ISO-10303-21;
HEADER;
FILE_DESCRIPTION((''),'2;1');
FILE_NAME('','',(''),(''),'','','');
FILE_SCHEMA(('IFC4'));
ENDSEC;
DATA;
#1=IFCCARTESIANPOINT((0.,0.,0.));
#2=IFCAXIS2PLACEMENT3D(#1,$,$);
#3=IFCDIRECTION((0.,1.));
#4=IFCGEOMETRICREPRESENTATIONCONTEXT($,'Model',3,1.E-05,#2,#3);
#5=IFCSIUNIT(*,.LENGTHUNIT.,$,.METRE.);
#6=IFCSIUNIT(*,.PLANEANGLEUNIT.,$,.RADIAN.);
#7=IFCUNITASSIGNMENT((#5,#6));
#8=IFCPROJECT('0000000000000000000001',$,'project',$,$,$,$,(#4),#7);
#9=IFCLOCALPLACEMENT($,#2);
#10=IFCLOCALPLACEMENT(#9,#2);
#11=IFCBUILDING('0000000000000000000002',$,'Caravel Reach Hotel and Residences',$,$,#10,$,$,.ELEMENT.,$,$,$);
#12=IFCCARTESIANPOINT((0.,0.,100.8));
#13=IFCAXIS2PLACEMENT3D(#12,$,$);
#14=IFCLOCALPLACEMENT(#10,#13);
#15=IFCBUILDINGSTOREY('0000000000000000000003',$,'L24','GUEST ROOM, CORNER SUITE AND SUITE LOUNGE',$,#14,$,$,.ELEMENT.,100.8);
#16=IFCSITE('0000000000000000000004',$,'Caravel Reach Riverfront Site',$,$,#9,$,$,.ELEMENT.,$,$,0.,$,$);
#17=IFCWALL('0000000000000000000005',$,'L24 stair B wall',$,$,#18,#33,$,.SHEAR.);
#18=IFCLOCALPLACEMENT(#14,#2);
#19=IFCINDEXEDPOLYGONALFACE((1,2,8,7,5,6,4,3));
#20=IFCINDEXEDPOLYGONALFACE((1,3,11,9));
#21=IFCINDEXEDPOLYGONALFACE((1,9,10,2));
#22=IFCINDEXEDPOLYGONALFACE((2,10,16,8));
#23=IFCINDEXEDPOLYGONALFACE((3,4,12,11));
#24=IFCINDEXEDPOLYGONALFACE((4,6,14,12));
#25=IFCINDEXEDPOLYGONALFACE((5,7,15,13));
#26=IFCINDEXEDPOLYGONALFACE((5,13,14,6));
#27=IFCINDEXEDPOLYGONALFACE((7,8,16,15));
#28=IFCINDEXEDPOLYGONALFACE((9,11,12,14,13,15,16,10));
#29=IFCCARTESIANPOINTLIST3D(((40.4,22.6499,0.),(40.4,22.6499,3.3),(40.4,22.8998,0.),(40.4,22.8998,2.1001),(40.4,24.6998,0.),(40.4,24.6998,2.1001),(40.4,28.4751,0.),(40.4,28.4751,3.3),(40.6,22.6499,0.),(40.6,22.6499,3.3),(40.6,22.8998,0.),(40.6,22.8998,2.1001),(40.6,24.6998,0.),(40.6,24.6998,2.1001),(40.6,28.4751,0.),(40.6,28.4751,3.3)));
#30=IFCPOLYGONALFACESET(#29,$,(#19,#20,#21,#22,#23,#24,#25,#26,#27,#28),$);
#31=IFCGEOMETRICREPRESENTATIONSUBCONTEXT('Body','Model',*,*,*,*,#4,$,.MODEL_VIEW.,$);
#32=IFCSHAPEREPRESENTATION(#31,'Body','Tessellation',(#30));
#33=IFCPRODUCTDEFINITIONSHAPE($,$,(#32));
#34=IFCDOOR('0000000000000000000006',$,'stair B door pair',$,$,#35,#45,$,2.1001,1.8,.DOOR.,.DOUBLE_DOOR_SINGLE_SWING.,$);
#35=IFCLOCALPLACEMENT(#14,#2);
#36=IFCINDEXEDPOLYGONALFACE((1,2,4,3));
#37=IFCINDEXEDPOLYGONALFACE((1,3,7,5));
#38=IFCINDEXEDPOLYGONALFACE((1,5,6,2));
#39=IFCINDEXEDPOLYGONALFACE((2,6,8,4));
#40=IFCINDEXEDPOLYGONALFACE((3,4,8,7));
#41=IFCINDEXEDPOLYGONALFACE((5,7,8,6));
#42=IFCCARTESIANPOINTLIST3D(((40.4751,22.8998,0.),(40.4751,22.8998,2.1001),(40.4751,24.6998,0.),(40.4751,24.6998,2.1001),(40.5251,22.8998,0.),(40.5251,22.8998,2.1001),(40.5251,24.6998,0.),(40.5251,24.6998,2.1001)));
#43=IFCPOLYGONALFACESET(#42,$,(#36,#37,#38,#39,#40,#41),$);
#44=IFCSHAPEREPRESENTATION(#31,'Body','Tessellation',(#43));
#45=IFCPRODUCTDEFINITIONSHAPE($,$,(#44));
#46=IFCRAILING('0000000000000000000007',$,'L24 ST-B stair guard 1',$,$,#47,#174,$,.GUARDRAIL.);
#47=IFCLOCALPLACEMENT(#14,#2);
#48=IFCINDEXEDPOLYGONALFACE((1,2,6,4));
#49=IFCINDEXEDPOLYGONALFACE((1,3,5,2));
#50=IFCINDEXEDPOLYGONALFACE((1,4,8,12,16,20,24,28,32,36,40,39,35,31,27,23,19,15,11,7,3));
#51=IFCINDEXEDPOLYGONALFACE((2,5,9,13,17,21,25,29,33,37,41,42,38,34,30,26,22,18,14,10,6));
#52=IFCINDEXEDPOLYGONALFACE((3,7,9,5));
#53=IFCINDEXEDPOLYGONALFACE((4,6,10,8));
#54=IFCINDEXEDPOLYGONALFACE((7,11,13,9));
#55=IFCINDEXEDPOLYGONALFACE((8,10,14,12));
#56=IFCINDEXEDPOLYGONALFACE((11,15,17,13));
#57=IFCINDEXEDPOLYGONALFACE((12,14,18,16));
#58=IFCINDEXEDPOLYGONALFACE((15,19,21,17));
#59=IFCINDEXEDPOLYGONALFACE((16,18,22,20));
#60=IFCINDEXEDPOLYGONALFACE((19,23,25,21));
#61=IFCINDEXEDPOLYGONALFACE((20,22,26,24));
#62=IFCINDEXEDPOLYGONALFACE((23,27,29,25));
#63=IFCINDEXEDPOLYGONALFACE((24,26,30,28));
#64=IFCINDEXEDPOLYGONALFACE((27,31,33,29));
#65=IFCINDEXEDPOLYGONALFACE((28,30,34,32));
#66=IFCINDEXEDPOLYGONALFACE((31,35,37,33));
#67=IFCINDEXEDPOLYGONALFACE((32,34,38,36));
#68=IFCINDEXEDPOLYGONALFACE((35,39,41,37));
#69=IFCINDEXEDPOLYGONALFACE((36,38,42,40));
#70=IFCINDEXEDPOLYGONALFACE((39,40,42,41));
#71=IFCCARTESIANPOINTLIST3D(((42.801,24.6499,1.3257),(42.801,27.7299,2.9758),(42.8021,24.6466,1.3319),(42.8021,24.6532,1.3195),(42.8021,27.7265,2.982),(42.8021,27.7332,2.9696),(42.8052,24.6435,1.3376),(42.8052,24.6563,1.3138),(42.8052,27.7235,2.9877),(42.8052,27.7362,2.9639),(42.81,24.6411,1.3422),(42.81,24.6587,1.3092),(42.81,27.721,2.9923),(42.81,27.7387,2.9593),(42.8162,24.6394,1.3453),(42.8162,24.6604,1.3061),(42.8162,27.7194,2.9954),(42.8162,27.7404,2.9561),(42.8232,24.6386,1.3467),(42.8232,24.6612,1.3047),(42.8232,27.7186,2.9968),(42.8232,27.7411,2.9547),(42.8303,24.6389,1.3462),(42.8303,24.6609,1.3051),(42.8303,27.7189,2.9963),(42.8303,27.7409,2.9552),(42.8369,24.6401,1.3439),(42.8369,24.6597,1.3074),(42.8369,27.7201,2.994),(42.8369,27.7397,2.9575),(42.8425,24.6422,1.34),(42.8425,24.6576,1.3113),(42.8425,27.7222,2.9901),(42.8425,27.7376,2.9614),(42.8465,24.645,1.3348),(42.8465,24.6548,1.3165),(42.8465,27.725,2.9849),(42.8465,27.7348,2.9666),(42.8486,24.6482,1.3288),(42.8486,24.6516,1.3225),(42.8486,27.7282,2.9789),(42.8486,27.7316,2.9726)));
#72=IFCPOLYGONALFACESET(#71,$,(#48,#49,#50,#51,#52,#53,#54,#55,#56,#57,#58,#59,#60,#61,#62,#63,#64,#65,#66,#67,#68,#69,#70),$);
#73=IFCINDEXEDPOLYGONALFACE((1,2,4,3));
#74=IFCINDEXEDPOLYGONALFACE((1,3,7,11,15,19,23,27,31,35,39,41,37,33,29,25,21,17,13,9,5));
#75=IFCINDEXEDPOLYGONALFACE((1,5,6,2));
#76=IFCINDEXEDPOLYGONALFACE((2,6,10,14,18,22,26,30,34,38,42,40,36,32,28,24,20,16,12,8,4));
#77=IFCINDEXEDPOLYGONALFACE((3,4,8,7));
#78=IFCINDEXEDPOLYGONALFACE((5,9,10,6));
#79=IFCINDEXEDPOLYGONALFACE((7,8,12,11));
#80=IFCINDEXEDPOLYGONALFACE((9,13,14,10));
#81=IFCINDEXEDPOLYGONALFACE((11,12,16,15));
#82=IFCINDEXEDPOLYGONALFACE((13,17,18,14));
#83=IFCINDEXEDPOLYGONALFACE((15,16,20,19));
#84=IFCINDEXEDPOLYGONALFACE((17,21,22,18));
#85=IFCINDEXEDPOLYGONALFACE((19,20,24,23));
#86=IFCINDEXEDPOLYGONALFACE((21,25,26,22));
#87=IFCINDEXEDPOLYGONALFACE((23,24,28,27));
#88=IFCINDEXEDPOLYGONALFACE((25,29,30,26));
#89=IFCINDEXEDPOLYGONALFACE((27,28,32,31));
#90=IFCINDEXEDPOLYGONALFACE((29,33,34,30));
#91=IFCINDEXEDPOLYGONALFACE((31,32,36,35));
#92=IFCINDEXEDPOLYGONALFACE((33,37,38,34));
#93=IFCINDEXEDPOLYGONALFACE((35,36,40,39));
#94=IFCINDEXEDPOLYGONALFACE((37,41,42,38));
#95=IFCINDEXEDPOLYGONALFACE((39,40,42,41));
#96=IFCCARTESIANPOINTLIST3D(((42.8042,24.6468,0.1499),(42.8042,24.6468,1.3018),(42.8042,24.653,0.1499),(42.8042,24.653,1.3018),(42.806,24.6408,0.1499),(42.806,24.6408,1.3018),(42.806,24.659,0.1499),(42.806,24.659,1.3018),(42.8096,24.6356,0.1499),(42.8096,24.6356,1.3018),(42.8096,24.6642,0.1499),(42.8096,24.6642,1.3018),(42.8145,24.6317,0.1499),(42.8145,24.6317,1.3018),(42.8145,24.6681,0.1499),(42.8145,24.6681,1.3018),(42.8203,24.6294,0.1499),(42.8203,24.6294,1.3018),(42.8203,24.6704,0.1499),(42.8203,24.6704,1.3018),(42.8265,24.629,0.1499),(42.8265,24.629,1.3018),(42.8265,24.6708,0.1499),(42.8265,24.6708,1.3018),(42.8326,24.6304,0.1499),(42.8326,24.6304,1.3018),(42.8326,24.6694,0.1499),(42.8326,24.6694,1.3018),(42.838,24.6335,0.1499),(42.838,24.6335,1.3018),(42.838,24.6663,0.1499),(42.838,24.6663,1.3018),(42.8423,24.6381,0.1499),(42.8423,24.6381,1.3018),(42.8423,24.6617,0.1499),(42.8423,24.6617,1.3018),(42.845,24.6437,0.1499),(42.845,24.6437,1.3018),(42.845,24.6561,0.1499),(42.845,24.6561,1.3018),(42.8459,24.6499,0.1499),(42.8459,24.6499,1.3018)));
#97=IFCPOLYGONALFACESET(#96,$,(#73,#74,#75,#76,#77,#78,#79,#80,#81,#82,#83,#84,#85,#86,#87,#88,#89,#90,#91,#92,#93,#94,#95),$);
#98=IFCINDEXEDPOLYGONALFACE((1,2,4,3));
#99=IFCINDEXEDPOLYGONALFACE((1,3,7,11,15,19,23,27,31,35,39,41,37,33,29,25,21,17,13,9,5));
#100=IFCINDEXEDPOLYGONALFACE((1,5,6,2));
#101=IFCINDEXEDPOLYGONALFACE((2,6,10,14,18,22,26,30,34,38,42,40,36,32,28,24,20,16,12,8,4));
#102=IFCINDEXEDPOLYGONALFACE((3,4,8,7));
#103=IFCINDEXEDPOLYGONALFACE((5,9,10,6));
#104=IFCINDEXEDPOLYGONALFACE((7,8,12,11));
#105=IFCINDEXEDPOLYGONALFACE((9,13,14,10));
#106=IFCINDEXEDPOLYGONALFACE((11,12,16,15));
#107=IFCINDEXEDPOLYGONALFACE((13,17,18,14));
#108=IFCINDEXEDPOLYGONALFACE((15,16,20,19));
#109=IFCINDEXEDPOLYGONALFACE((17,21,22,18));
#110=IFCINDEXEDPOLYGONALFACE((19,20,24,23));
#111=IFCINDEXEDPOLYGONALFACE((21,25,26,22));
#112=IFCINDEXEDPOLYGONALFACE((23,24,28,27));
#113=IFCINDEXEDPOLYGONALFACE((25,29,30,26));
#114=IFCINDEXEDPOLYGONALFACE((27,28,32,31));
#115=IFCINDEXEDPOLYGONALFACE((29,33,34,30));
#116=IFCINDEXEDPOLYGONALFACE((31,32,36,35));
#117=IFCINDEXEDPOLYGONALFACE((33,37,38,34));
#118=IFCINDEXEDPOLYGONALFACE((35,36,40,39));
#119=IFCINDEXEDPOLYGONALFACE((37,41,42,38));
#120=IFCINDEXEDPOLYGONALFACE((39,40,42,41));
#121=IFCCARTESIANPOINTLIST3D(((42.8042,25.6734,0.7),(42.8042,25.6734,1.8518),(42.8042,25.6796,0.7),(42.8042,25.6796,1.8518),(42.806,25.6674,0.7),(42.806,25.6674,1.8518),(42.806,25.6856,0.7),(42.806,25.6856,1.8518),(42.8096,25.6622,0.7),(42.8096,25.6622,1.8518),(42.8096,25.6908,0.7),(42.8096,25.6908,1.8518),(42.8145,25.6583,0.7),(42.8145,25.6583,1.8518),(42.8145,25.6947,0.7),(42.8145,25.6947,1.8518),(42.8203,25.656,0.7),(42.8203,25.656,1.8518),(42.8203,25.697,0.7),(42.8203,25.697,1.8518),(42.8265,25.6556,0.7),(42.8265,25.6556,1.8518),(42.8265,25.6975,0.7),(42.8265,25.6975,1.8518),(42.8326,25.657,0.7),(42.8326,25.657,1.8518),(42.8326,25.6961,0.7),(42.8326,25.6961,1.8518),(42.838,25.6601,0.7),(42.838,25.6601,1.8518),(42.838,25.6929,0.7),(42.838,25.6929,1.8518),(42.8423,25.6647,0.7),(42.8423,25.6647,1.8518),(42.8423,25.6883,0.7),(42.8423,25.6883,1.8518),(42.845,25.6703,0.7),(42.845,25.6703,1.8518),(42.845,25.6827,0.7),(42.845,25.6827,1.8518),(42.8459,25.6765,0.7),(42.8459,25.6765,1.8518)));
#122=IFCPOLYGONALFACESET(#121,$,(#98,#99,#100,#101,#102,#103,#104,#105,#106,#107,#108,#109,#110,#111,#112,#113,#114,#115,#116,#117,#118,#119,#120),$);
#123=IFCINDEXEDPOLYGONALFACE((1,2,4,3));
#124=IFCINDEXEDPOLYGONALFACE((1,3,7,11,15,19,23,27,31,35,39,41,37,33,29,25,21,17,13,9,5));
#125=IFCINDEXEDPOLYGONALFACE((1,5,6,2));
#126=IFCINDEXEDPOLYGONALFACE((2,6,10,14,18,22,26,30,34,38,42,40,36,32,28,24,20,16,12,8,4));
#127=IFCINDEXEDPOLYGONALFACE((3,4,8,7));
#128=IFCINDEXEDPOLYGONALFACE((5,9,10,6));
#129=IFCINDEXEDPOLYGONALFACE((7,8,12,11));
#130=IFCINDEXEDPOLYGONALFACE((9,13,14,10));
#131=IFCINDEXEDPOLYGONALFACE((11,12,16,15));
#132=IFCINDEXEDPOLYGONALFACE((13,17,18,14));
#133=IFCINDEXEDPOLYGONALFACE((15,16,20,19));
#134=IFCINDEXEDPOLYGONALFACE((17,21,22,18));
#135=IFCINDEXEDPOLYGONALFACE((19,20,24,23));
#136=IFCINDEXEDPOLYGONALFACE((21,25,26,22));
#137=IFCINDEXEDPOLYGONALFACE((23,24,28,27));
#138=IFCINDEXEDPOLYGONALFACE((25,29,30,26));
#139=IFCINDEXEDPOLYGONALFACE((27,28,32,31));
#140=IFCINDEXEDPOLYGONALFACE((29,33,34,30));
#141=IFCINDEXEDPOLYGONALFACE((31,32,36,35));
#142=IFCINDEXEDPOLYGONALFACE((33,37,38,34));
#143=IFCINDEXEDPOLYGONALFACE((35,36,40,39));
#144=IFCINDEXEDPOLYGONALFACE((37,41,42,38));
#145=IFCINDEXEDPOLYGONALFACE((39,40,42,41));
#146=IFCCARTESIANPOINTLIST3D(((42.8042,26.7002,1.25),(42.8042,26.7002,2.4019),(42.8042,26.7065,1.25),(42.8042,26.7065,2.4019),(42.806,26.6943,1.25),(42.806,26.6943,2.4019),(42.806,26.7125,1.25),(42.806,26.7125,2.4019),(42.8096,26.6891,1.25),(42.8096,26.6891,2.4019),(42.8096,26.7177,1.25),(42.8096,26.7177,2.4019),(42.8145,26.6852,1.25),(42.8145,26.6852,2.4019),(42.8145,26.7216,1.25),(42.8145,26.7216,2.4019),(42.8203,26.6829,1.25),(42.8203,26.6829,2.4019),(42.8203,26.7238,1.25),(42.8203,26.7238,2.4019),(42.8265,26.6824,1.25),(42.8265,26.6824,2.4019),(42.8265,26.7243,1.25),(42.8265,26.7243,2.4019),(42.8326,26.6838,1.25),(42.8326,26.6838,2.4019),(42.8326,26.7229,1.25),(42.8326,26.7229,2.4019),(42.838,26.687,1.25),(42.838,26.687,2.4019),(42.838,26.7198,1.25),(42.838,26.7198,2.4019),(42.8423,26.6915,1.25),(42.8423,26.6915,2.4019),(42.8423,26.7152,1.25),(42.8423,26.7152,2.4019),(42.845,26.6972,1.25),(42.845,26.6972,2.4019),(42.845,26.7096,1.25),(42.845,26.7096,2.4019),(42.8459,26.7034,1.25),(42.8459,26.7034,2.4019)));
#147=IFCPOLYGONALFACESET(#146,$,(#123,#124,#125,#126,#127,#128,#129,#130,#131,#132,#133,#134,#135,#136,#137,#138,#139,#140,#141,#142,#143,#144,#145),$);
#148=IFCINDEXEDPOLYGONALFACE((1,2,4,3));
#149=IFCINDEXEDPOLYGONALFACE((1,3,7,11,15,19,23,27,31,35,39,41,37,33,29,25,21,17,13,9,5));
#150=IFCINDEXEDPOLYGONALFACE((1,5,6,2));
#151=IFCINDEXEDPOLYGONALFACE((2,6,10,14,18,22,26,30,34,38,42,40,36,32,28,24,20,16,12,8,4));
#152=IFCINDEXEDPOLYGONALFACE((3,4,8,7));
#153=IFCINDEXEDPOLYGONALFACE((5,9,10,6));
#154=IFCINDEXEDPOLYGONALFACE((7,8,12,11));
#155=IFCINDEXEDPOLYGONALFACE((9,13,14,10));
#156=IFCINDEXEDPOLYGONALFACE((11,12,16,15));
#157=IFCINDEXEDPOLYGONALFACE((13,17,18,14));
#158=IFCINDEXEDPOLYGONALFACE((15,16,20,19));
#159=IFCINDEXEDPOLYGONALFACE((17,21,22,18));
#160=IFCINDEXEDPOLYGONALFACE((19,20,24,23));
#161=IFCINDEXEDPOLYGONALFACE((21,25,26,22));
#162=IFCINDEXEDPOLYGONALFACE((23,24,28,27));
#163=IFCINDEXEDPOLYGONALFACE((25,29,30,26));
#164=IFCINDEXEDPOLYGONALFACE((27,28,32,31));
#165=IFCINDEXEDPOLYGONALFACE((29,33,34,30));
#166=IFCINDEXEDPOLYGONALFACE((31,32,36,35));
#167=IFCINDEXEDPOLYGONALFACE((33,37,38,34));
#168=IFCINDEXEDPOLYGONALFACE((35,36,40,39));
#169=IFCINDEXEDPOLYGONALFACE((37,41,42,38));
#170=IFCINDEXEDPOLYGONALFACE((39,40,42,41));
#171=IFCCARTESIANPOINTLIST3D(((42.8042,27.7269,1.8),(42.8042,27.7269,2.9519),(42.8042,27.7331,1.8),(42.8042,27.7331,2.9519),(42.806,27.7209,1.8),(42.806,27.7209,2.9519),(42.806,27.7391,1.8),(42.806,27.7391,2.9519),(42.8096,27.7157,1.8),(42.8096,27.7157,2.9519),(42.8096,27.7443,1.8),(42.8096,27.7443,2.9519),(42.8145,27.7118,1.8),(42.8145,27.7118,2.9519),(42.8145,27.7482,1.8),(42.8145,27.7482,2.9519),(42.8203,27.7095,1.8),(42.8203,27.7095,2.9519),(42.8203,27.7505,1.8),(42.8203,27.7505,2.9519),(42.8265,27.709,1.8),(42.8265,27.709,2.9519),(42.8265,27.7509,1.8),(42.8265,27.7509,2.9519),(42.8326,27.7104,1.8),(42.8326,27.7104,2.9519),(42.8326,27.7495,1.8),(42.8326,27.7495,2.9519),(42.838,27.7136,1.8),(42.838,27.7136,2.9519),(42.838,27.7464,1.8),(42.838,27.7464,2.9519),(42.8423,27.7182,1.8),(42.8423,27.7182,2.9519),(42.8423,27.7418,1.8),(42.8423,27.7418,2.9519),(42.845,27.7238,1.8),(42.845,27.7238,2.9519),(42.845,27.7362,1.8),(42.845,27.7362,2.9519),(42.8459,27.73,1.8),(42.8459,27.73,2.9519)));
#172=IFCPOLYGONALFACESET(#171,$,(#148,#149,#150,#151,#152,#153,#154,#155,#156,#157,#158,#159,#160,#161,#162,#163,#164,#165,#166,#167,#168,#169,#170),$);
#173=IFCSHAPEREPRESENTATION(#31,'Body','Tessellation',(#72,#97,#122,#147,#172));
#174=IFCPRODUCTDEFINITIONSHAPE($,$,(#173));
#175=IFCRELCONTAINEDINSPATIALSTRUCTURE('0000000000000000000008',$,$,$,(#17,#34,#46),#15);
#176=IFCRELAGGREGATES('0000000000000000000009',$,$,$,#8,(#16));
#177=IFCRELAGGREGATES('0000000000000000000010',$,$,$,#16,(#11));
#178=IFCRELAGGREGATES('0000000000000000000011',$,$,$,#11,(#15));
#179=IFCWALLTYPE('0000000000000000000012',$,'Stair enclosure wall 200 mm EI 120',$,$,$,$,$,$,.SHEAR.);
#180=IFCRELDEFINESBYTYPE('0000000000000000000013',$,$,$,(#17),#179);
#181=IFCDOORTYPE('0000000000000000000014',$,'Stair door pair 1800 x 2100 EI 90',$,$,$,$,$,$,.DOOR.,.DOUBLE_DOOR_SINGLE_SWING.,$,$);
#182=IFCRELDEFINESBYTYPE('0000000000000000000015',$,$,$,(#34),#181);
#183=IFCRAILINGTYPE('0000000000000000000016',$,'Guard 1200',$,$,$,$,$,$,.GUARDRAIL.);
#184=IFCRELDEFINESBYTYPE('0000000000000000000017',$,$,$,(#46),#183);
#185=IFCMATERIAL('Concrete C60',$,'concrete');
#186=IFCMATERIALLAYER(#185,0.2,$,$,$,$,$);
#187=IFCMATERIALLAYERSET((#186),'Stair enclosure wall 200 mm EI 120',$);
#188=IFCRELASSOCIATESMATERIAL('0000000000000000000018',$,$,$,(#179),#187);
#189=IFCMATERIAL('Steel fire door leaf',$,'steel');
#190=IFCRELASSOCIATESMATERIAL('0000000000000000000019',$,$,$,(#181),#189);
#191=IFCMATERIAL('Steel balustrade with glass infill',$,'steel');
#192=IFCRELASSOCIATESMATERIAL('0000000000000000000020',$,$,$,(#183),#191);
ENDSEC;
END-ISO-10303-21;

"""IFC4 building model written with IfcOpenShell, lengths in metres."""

from ifc_helpers import new_model, si_unit, direction, frame, frame_2d, origin, origin_2d, place, context, subcontext, project, spatial, rectangle, circle, extrude, material, layer, layer_set, type_object, element, fill, save


model = new_model("IFC4")

# Units and contexts
model_context = context("Model", 3, precision=1e-05, world=origin(), true_north=direction((0.0, 1.0)))
body_context = subcontext(model_context, "Body", "Model", "MODEL_VIEW")
ifc_project = project(units=[si_unit("LENGTHUNIT", "METRE"), si_unit("PLANEANGLEUNIT", "RADIAN")], contexts=[model_context])

# Site, building, storey
site_placement = place(None, origin())
site = spatial("IfcSite", under=ifc_project, at=site_placement, Name="Caravel Reach Riverfront Site", CompositionType="ELEMENT", RefElevation=0.0)
building_placement = place(site_placement, origin())
building = spatial("IfcBuilding", under=site, at=building_placement, Name="Caravel Reach Hotel and Residences", CompositionType="ELEMENT")
storey_placement = place(building_placement, frame((0.0, 0.0, 100.8)))
storey = spatial("IfcBuildingStorey", under=building, at=storey_placement, Name="L24", Description="GUEST ROOM, CORNER SUITE AND SUITE LOUNGE", CompositionType="ELEMENT", Elevation=100.8)

# Wall, opening, door
ifc_material_1 = material(Name="Concrete C60", Category="concrete")
ifc_layer_1 = layer(ifc_material_1, 0.2)
ifc_layer_set_1 = layer_set([ifc_layer_1], Name="Stair enclosure wall 200 mm EI 120")
wall_type_1 = type_object("IfcWallType", Name="Stair enclosure wall 200 mm EI 120", PredefinedType="SHEAR", material=ifc_layer_set_1)
wall_1_placement = place(storey_placement, frame((40.5, 22.6499, 0.0), z_axis=(0.0, 0.0, 1.0), x_axis=(0.0, 1.0, 0.0)))
wall_1 = element("IfcWall", 1, at=wall_1_placement, inside=storey, type_object=wall_type_1, Name="L24 stair B wall", PredefinedType="SHEAR", context=body_context, shape_type="SweptSolid", body=[
    extrude(rectangle(XDim=5.8252, YDim=0.2, at=frame_2d((2.9126, 0.0))), origin(), (0.0, 0.0, 1.0), 3.3),
])
opening_1_placement = place(wall_1_placement, frame((0.25, 0.0, 0.0)))
opening_1 = element("IfcOpeningElement", 2, at=opening_1_placement, cuts=wall_1, PredefinedType="OPENING", context=body_context, shape_type="SweptSolid", body=[
    extrude(rectangle(XDim=1.8, YDim=2.1001, at=frame_2d((0.8999, 1.05))), frame((0.0, 0.1099, 0.0), z_axis=(0.0, -1.0, 0.0), x_axis=(1.0, 0.0, 0.0)), (0.0, 0.0, 1.0), 0.22),
])
ifc_material_2 = material(Name="Steel fire door leaf", Category="steel")
door_type_1 = type_object("IfcDoorType", Name="Stair door pair 1800 x 2100 EI 90", OperationType="DOUBLE_DOOR_SINGLE_SWING", PredefinedType="DOOR", material=ifc_material_2)
door_1_placement = place(opening_1_placement, origin())
door_1 = element("IfcDoor", 3, at=door_1_placement, inside=storey, type_object=door_type_1, Name="stair B door pair", OperationType="DOUBLE_DOOR_SINGLE_SWING", OverallHeight=2.1001, OverallWidth=1.8, PredefinedType="DOOR", context=body_context, shape_type="SweptSolid", body=[
    extrude(rectangle(XDim=1.8, YDim=2.1001, at=frame_2d((0.8999, 1.05))), frame((0.0, 0.0249, 0.0), z_axis=(0.0, -1.0, 0.0), x_axis=(1.0, 0.0, 0.0)), (0.0, 0.0, 1.0), 0.05),
])
fill(opening_1, door_1)

# Railing
ifc_material_3 = material(Name="Steel balustrade with glass infill", Category="steel")
railing_type = type_object("IfcRailingType", Name="Guard 1200", PredefinedType="GUARDRAIL", material=ifc_material_3)
railing_1_placement = place(storey_placement, frame((42.825, 24.6499, 0.1499)))
element("IfcRailing", 4, at=railing_1_placement, inside=storey, type_object=railing_type, Name="L24 ST-B stair guard 1", PredefinedType="GUARDRAIL", context=body_context, shape_type="SweptSolid", body=[
    extrude(circle(Radius=0.0239, at=origin_2d()), frame((0.0, 0.0, 1.1758), z_axis=(0.0, 0.881468, 0.472245), x_axis=(-1.0, 0.0, 0.0)), (0.0, 0.0, 1.0), 3.4941),
    extrude(circle(Radius=0.021, at=origin_2d()), origin(), (0.0, 0.0, 1.0), 1.1519),
    extrude(circle(Radius=0.021, at=origin_2d()), frame((0.0, 1.0266, 0.55)), (0.0, 0.0, 1.0), 1.1519),
    extrude(circle(Radius=0.021, at=origin_2d()), frame((0.0, 2.0535, 1.1001)), (0.0, 0.0, 1.0), 1.1519),
    extrude(circle(Radius=0.021, at=origin_2d()), frame((0.0, 3.0801, 1.6501)), (0.0, 0.0, 1.0), 1.1519),
])

save(model, "model.ifc")
